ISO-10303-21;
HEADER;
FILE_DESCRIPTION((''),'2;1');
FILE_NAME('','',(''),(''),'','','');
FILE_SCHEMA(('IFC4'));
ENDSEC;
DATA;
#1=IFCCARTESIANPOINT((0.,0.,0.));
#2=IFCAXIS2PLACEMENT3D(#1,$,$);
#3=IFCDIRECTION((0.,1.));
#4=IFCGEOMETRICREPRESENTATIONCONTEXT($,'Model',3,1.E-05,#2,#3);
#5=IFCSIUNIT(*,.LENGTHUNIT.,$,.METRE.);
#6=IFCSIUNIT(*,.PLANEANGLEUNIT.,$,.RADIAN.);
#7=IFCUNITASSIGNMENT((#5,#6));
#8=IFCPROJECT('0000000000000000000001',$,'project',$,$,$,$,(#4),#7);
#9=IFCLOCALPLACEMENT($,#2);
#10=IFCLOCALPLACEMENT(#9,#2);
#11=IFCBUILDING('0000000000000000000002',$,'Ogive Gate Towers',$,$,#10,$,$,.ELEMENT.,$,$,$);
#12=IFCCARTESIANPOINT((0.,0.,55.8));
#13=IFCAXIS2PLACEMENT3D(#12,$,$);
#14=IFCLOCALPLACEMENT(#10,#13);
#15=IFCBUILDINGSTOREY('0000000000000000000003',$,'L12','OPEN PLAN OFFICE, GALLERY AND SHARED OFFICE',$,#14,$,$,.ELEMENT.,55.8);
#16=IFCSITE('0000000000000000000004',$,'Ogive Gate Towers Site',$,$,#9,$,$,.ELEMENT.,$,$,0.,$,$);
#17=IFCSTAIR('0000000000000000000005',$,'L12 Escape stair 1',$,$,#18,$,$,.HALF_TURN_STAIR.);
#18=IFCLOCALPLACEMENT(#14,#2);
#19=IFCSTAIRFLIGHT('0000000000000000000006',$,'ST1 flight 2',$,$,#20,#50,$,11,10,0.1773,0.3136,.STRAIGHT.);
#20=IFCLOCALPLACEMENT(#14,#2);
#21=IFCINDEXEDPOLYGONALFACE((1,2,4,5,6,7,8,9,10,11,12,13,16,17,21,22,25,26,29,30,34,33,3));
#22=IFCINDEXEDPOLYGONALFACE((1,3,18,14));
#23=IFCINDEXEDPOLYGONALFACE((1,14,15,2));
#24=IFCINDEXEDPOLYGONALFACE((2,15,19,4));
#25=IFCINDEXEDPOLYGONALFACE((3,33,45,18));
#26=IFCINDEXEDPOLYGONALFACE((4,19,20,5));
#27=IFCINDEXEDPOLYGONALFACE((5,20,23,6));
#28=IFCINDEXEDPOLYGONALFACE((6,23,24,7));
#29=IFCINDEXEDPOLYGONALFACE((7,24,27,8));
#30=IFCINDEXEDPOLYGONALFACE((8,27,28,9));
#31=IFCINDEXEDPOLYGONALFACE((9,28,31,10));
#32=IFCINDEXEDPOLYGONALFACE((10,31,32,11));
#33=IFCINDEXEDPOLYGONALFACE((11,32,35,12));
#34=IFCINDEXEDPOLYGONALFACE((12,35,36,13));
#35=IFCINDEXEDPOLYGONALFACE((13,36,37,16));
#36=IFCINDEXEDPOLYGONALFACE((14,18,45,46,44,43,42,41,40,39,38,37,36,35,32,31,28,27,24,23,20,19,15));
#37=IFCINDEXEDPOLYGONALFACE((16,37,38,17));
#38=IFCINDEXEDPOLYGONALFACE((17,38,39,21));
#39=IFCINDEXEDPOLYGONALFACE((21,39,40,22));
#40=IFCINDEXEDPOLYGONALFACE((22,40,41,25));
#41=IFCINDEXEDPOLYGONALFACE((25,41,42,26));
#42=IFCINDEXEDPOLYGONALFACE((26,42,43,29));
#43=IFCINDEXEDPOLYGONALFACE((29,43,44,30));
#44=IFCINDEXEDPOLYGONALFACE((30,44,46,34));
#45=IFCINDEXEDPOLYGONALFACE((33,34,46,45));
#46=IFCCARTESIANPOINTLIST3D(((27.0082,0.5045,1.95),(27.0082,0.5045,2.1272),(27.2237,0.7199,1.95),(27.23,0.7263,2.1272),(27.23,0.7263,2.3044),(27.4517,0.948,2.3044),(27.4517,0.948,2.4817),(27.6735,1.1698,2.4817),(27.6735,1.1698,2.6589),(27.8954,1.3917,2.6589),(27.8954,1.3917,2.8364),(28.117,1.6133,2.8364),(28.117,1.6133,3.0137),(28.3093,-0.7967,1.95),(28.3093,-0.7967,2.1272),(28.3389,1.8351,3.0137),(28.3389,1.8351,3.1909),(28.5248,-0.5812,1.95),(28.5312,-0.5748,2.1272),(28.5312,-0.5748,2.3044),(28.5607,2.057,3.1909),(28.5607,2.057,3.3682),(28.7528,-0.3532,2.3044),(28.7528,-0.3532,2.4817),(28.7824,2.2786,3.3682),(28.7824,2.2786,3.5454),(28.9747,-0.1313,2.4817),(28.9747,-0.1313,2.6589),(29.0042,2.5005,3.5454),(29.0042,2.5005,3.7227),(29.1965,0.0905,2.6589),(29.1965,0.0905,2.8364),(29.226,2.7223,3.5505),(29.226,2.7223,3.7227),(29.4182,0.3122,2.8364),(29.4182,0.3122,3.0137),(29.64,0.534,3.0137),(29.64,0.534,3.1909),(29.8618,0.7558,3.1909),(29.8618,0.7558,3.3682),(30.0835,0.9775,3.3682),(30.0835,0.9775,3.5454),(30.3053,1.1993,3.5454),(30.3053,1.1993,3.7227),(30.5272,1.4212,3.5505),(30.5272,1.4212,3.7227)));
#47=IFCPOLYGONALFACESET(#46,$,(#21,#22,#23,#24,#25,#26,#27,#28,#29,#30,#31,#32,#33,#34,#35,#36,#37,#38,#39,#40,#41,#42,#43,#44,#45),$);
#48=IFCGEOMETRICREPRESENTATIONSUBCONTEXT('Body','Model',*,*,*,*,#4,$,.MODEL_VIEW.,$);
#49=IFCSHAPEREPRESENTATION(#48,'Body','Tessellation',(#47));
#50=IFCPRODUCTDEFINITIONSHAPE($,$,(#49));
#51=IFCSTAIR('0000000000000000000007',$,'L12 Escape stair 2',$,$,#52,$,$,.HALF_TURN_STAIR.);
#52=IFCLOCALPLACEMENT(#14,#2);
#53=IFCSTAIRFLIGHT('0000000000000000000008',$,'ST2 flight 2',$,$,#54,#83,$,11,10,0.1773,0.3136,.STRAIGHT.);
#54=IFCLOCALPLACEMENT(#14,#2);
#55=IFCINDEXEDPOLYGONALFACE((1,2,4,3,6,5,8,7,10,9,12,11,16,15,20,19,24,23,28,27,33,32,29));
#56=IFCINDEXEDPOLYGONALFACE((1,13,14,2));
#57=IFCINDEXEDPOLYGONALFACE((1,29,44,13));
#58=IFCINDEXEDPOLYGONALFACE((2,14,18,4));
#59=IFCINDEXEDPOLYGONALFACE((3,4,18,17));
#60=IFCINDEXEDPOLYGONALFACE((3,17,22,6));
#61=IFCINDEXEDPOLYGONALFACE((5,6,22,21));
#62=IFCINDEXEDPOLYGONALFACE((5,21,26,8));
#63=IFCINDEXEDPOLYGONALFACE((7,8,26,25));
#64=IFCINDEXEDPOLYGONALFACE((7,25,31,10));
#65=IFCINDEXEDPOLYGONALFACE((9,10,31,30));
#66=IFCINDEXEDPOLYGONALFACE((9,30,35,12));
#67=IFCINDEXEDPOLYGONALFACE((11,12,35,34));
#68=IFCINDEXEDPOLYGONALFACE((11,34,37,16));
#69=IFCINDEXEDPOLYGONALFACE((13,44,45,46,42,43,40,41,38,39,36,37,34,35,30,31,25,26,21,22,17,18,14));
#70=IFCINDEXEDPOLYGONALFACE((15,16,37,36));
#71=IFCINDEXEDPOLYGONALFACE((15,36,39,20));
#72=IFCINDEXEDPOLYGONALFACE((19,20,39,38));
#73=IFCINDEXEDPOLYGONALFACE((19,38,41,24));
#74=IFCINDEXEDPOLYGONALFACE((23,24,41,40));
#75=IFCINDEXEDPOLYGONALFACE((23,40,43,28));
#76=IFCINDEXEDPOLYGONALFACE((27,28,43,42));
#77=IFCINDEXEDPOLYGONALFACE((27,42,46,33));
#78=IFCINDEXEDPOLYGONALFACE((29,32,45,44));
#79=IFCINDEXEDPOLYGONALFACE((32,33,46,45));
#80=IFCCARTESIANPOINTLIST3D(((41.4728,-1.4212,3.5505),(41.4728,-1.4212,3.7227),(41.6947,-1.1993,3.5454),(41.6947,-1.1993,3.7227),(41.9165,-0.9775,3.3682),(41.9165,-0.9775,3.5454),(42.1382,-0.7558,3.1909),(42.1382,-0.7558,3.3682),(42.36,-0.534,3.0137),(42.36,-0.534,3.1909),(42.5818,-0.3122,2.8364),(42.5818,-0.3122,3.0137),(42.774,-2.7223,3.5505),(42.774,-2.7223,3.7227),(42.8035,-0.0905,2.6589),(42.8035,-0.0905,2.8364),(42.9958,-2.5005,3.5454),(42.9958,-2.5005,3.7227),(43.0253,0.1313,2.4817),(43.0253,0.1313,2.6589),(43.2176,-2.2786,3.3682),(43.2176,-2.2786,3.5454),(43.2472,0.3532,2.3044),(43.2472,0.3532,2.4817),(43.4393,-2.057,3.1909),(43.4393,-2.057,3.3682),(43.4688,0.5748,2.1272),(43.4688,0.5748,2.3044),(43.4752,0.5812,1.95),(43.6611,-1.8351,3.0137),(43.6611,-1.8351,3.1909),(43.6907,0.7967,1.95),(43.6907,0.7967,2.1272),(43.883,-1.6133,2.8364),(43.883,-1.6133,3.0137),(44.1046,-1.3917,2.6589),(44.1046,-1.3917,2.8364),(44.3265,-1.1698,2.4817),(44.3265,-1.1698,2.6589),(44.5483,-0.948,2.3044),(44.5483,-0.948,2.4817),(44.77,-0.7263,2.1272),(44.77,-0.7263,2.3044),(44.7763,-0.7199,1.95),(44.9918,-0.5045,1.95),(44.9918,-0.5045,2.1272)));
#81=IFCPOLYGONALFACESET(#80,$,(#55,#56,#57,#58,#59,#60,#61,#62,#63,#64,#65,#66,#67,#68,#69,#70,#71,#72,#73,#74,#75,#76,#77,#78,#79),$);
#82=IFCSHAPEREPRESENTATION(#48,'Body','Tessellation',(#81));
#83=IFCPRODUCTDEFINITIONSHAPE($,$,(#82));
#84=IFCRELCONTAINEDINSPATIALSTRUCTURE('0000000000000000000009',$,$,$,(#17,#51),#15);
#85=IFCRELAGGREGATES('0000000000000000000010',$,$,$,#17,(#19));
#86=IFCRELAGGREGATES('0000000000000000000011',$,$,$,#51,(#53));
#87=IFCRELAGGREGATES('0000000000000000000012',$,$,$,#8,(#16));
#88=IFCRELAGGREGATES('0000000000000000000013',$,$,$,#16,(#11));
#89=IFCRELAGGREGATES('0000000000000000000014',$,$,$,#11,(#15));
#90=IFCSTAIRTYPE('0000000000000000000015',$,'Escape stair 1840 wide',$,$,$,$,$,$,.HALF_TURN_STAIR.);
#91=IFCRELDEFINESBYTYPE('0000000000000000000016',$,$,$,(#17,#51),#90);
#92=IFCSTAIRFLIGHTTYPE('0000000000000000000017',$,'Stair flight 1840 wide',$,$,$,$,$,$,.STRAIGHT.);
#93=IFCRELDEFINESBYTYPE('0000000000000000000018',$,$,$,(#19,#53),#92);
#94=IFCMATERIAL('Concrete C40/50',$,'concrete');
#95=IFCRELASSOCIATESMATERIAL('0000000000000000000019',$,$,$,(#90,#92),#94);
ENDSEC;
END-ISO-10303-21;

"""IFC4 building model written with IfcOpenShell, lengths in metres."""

from ifc_helpers import new_model, si_unit, direction, frame, origin, place, context, subcontext, project, spatial, polyline, outline, extrude, material, type_object, element, aggregate, save


model = new_model("IFC4")

# Units and contexts
model_context = context("Model", 3, precision=1e-05, world=origin(), true_north=direction((0.0, 1.0)))
body_context = subcontext(model_context, "Body", "Model", "MODEL_VIEW")
ifc_project = project(units=[si_unit("LENGTHUNIT", "METRE"), si_unit("PLANEANGLEUNIT", "RADIAN")], contexts=[model_context])

# Site, building, storey
site_placement = place(None, origin())
site = spatial("IfcSite", under=ifc_project, at=site_placement, Name="Ogive Gate Towers Site", CompositionType="ELEMENT", RefElevation=0.0)
building_placement = place(site_placement, origin())
building = spatial("IfcBuilding", under=site, at=building_placement, Name="Ogive Gate Towers", CompositionType="ELEMENT")
storey_placement = place(building_placement, frame((0.0, 0.0, 55.8)))
storey = spatial("IfcBuildingStorey", under=building, at=storey_placement, Name="L12", Description="OPEN PLAN OFFICE, GALLERY AND SHARED OFFICE", CompositionType="ELEMENT", Elevation=55.8)

# Stair, stair flight
ifc_material_1 = material(Name="Concrete C40/50", Category="concrete")
stair_type = type_object("IfcStairType", Name="Escape stair 1840 wide", PredefinedType="HALF_TURN_STAIR", material=ifc_material_1)
stair_1_placement = place(storey_placement, origin())
stair_1 = element("IfcStair", 1, at=stair_1_placement, inside=storey, type_object=stair_type, Name="L12 Escape stair 1", PredefinedType="HALF_TURN_STAIR")
stair_flight_type = type_object("IfcStairFlightType", Name="Stair flight 1840 wide", PredefinedType="STRAIGHT", material=ifc_material_1)
stair_flight_1_placement = place(storey_placement, frame((27.6587, -0.146, 1.95), z_axis=(0.0, 0.0, 1.0), x_axis=(0.707107, 0.707107, 0.0)))
stair_flight_1 = element("IfcStairFlight", 2, at=stair_flight_1_placement, type_object=stair_flight_type, Name="ST1 flight 2", NumberOfRisers=11, NumberOfTreads=10, PredefinedType="STRAIGHT", RiserHeight=0.1773, TreadLength=0.3136, context=body_context, shape_type="SweptSolid", body=[
    extrude(outline(polyline([(0.0, 0.0), (0.0, 0.1772), (0.3137, 0.1772), (0.3137, 0.3545), (0.6272, 0.3545), (0.6272, 0.5317), (0.9409, 0.5317), (0.9409, 0.709), (1.2546, 0.709), (1.2546, 0.8865), (1.5681, 0.8865), (1.5681, 1.0637), (1.8818, 1.0637), (1.8818, 1.241), (2.1956, 1.241), (2.1956, 1.4182), (2.509, 1.4182), (2.509, 1.5955), (2.8228, 1.5955), (2.8228, 1.7727), (3.1365, 1.7727), (3.1365, 1.95), (3.1365, 1.6006), (0.3047, 0.0), (0.0, 0.0)])), frame((0.0, 0.9199, 0.0), z_axis=(0.0, -1.0, 0.0), x_axis=(1.0, 0.0, 0.0)), (0.0, 0.0, 1.0), 1.8401),
])
aggregate(stair_1, [stair_flight_1])

# Stair, stair flight
stair_2_placement = place(storey_placement, origin())
stair_2 = element("IfcStair", 3, at=stair_2_placement, inside=storey, type_object=stair_type, Name="L12 Escape stair 2", PredefinedType="HALF_TURN_STAIR")
stair_flight_2_placement = place(storey_placement, frame((44.3413, 0.146, 1.95), z_axis=(0.0, 0.0, 1.0), x_axis=(-0.707107, -0.707107, 0.0)))
stair_flight_2 = element("IfcStairFlight", 4, at=stair_flight_2_placement, type_object=stair_flight_type, Name="ST2 flight 2", NumberOfRisers=11, NumberOfTreads=10, PredefinedType="STRAIGHT", RiserHeight=0.1773, TreadLength=0.3136, context=body_context, shape_type="SweptSolid", body=[
    extrude(outline(polyline([(0.0, 0.0), (0.0, 0.1772), (0.3137, 0.1772), (0.3137, 0.3545), (0.6272, 0.3545), (0.6272, 0.5317), (0.9409, 0.5317), (0.9409, 0.709), (1.2546, 0.709), (1.2546, 0.8865), (1.5681, 0.8865), (1.5681, 1.0637), (1.8818, 1.0637), (1.8818, 1.241), (2.1956, 1.241), (2.1956, 1.4182), (2.509, 1.4182), (2.509, 1.5955), (2.8228, 1.5955), (2.8228, 1.7727), (3.1365, 1.7727), (3.1365, 1.95), (3.1365, 1.6006), (0.3047, 0.0), (0.0, 0.0)])), frame((0.0, 0.9199, 0.0), z_axis=(0.0, -1.0, 0.0), x_axis=(1.0, 0.0, 0.0)), (0.0, 0.0, 1.0), 1.8401),
])
aggregate(stair_2, [stair_flight_2])

save(model, "model.ifc")
